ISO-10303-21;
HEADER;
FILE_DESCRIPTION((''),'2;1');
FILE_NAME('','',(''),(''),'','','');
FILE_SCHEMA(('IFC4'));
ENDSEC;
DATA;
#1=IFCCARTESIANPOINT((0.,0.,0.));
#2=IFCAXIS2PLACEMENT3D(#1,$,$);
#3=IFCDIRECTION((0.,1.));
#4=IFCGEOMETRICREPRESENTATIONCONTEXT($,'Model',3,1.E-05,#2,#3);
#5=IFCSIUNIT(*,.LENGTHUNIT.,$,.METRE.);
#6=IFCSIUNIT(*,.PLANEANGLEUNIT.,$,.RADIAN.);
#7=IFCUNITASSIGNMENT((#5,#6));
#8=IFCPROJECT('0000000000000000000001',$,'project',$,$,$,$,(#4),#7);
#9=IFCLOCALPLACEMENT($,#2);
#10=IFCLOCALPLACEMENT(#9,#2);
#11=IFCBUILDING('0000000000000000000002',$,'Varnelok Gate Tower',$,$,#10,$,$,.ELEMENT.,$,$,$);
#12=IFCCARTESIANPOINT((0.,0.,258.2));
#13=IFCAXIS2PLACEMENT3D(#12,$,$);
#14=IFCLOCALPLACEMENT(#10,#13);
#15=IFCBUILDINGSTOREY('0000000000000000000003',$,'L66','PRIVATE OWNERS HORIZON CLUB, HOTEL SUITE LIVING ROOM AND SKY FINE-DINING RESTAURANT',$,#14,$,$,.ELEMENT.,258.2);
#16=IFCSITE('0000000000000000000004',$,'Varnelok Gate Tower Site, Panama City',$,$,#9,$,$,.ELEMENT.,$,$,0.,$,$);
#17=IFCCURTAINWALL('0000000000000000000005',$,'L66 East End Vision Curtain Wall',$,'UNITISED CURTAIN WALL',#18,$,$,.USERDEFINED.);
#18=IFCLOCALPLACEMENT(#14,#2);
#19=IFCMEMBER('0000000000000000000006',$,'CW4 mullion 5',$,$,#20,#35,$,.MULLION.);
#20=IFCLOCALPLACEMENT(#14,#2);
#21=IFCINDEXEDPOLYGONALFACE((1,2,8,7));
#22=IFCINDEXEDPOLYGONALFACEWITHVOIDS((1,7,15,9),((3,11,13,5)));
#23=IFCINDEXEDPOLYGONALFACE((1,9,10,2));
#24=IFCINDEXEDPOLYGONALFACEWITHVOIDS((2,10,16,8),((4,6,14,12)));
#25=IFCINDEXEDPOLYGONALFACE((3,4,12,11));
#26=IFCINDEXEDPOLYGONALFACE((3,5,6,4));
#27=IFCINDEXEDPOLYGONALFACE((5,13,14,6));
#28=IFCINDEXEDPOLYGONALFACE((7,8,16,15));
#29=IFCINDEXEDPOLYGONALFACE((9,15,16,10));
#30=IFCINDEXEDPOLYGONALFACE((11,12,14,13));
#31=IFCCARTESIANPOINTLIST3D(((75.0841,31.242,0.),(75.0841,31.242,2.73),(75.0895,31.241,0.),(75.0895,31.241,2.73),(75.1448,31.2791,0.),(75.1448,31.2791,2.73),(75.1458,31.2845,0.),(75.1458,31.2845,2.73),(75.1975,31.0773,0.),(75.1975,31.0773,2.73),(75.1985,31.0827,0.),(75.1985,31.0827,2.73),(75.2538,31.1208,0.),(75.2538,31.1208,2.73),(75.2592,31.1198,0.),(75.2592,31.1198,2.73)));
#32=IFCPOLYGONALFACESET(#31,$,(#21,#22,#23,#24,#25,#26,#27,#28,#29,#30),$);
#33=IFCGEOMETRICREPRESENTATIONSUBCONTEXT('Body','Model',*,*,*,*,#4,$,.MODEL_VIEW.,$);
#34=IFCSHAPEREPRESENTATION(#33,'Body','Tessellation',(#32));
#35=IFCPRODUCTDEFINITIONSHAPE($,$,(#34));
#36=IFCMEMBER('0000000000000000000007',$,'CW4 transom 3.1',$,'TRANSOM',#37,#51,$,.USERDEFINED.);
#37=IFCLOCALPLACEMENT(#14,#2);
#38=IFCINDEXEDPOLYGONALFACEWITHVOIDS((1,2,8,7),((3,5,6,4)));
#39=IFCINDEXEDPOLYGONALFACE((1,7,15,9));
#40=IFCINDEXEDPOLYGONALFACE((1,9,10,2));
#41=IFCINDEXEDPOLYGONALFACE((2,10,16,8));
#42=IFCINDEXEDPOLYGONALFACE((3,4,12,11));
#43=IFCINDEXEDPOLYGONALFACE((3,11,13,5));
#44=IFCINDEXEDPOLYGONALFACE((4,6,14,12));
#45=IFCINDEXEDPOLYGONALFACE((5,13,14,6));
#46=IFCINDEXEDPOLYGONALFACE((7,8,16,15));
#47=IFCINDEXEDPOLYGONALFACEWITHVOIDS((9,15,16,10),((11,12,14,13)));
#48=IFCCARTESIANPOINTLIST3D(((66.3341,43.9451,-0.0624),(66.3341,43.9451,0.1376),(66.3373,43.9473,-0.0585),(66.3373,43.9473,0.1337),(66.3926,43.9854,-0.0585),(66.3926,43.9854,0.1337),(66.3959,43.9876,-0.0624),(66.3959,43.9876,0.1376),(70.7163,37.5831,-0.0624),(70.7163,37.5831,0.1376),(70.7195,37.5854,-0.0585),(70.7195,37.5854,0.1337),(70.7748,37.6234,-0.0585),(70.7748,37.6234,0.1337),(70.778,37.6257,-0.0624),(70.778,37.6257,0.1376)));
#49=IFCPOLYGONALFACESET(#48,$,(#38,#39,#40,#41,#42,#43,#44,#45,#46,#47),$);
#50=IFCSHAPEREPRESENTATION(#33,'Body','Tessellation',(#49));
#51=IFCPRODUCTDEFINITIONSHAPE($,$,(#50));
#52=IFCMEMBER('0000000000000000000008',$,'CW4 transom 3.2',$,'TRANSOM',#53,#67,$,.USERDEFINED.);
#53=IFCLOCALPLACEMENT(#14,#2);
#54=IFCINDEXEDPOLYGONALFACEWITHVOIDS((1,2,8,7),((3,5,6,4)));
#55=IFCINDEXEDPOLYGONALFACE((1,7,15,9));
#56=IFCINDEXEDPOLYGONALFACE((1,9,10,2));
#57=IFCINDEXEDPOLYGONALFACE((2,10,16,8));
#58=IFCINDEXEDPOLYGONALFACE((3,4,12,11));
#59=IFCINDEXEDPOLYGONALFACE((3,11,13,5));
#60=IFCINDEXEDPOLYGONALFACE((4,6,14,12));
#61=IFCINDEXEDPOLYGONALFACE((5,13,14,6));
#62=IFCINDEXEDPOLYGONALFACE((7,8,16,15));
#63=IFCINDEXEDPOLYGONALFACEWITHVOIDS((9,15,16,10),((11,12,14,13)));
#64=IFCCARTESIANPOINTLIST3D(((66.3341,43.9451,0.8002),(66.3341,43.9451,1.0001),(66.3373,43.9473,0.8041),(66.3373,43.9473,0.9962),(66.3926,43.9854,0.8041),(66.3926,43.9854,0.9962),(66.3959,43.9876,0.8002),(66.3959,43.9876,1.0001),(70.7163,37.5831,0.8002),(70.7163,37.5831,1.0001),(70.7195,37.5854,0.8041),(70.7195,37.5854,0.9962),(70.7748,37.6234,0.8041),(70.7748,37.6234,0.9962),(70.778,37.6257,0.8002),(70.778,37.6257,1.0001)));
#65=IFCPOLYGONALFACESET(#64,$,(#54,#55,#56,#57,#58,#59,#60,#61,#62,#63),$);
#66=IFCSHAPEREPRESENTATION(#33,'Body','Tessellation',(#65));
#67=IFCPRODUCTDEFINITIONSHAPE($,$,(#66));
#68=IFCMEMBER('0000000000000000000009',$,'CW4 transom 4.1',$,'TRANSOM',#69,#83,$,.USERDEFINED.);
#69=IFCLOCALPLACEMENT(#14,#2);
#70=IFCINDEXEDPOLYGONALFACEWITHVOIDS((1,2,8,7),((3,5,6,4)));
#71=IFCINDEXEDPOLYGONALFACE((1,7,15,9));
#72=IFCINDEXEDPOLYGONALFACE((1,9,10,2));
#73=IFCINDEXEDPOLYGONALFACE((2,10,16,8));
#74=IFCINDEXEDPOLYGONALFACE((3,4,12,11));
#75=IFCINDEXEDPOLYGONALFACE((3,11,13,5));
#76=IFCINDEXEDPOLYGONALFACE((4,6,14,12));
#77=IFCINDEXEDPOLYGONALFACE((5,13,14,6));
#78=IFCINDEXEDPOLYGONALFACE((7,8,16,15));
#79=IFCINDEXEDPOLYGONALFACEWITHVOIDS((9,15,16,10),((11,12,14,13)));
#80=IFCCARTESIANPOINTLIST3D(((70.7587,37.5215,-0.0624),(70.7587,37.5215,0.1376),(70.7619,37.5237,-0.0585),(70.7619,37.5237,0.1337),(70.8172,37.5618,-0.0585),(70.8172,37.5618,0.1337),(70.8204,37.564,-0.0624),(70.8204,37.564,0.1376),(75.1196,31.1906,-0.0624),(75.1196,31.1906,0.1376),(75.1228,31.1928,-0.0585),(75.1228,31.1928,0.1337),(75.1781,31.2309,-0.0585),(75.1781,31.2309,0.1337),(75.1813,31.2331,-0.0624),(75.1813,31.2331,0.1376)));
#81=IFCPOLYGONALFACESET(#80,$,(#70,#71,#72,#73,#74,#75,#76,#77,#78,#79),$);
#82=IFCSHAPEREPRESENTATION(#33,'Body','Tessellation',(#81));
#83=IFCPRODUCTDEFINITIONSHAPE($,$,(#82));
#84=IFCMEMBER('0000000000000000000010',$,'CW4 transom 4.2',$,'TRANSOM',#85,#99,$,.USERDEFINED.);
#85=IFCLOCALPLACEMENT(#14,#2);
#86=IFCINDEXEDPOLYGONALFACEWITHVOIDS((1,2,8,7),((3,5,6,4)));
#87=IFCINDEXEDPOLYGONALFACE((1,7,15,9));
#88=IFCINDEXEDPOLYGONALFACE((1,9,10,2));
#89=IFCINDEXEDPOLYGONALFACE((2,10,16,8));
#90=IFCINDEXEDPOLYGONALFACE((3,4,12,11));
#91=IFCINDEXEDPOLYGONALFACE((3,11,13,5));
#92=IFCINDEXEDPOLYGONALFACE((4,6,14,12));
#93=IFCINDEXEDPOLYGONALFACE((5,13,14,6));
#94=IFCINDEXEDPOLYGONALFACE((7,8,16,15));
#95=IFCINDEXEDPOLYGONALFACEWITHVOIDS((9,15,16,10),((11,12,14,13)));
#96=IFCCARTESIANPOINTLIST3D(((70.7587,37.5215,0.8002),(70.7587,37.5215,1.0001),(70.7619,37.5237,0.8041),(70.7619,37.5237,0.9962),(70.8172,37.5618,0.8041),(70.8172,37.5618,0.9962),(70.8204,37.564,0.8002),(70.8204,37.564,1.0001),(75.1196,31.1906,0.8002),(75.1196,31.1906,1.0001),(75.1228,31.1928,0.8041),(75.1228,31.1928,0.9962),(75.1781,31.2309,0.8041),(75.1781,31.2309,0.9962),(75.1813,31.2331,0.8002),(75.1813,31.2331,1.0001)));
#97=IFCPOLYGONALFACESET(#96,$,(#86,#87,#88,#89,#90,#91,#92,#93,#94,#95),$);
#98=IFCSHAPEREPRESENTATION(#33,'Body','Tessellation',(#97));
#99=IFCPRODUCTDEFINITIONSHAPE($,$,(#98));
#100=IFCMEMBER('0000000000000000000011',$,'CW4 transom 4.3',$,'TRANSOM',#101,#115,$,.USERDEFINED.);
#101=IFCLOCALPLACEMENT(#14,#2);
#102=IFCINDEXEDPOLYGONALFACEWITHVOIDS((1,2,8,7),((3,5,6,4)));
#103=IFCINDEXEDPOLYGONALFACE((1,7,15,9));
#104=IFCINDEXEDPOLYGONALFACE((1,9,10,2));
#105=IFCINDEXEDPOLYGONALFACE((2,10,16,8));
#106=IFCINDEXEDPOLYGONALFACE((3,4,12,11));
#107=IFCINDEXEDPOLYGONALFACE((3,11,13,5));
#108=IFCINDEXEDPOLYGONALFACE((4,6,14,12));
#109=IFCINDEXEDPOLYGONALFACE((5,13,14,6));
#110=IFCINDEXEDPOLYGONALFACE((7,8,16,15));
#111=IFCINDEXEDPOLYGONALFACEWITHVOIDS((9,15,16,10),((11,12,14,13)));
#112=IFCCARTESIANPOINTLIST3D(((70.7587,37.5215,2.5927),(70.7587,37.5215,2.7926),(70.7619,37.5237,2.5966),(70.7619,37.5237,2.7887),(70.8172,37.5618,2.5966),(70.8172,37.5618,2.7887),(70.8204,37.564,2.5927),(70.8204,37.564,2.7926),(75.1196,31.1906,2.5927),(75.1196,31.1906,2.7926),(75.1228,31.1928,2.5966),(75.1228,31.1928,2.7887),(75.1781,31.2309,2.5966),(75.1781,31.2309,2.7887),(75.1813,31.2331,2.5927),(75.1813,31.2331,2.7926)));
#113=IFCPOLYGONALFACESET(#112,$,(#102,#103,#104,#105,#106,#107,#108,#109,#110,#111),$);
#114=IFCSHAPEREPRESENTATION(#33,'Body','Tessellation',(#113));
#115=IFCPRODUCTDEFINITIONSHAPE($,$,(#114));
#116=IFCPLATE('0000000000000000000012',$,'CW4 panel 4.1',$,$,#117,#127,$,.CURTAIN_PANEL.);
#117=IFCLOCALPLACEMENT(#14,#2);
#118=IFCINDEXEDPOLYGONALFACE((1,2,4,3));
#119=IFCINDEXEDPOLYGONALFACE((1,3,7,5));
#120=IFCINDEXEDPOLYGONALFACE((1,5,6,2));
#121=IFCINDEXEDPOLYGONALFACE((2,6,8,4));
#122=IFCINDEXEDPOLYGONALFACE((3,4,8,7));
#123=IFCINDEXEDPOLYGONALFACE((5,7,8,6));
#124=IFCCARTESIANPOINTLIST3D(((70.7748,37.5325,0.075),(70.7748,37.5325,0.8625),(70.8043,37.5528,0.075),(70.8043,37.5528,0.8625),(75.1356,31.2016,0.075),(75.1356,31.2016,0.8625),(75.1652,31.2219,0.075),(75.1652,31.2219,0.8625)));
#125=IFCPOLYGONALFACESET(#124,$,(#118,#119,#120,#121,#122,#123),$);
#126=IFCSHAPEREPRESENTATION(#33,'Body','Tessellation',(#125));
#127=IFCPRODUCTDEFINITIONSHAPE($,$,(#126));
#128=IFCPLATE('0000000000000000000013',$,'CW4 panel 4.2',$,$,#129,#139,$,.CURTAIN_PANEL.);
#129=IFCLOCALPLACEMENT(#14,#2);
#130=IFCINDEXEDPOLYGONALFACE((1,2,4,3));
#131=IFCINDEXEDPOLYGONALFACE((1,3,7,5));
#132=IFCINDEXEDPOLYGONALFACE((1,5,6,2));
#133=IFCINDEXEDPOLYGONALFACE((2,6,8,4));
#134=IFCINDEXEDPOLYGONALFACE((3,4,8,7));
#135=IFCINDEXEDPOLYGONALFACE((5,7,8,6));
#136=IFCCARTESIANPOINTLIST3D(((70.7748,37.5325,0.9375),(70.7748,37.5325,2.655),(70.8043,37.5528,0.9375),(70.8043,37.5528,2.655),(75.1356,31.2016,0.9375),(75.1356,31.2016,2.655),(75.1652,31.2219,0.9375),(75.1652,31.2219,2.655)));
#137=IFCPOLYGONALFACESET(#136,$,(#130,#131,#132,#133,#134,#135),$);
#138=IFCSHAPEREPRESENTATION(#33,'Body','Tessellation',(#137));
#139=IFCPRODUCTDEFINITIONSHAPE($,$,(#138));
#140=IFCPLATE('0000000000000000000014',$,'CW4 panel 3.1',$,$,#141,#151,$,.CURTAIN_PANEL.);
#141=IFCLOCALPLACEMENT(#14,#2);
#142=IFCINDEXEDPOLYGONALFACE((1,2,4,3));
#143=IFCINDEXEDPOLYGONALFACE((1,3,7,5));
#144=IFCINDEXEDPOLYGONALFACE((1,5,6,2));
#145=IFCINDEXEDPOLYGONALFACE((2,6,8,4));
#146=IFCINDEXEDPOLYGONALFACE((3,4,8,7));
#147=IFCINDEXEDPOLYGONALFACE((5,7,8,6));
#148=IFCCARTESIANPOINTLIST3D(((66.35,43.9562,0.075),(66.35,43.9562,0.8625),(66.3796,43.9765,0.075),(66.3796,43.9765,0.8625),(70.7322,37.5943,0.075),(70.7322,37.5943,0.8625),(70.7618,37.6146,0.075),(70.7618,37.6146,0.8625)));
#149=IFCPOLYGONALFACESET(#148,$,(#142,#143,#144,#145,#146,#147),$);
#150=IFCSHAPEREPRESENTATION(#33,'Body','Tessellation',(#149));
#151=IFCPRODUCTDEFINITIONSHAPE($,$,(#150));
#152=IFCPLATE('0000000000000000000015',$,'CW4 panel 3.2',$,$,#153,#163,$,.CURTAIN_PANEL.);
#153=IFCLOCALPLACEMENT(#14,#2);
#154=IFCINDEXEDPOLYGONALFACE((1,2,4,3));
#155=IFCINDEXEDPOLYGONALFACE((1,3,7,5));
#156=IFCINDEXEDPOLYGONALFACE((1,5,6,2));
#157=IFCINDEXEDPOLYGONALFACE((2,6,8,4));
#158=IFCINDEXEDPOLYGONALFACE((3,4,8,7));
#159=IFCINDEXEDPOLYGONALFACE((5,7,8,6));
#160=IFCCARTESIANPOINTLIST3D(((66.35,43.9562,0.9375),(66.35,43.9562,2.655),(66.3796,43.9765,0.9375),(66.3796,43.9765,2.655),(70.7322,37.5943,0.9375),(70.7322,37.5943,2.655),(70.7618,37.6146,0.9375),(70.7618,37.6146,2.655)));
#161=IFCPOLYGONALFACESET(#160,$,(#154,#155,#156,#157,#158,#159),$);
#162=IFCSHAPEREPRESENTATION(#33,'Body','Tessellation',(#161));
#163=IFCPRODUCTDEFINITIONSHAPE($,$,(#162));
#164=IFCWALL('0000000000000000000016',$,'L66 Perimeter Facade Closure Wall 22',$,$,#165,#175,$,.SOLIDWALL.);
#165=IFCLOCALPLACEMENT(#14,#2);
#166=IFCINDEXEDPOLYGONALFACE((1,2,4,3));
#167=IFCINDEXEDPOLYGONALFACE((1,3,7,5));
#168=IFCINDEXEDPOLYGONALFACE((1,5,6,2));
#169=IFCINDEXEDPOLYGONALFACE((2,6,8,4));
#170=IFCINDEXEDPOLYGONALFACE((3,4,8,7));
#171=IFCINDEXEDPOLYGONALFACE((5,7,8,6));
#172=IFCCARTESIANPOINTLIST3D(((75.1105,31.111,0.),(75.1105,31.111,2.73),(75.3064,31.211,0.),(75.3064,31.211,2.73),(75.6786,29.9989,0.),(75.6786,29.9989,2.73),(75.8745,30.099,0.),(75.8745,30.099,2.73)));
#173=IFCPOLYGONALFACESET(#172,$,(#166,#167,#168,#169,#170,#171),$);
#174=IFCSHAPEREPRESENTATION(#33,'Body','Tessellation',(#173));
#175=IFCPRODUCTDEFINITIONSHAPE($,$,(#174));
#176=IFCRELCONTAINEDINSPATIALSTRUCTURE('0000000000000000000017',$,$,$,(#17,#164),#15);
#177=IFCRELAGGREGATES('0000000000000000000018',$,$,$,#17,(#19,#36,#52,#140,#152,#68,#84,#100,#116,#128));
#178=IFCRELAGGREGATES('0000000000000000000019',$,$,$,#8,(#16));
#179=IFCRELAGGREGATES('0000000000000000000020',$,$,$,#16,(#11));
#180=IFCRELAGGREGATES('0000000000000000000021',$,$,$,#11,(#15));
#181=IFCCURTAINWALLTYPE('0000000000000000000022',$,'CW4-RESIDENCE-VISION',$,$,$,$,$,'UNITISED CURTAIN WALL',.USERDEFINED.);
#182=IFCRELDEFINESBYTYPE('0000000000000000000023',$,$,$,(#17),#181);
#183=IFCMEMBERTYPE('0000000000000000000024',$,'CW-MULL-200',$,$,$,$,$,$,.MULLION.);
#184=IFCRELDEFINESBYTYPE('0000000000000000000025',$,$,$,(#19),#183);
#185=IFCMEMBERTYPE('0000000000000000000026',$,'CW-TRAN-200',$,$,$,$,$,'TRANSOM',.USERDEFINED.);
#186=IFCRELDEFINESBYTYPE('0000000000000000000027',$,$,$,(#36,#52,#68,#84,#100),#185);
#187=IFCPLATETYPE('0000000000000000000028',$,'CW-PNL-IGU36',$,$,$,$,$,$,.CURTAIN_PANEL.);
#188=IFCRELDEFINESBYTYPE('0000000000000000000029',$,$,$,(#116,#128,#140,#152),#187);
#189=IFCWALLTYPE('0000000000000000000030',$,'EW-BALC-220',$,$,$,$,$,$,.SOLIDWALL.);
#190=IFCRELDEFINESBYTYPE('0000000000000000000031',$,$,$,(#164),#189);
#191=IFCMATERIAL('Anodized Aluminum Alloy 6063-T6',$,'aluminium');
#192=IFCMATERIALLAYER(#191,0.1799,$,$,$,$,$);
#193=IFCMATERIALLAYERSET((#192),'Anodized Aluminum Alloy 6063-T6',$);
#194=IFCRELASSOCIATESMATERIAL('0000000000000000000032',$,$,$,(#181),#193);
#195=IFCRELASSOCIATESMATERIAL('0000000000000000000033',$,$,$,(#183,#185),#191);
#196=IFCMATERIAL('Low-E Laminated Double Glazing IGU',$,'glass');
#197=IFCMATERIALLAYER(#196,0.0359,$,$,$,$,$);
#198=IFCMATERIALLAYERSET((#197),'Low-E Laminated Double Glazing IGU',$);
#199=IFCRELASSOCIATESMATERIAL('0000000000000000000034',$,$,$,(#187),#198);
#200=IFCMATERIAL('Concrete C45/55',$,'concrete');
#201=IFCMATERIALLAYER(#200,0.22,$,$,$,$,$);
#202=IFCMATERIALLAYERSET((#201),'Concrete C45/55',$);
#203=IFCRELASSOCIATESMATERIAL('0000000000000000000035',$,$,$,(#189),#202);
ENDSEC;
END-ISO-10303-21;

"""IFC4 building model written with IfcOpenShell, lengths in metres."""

from ifc_helpers import new_model, si_unit, direction, frame, frame_2d, origin, origin_2d, place, context, subcontext, project, spatial, rectangle, hollow_rectangle, extrude, source, transform, mapped, material, layer, layer_set, material_profile, profile_set, type_object, element, aggregate, save


model = new_model("IFC4")

# Units and contexts
model_context = context("Model", 3, precision=1e-05, world=origin(), true_north=direction((0.0, 1.0)))
body_context = subcontext(model_context, "Body", "Model", "MODEL_VIEW")
ifc_project = project(units=[si_unit("LENGTHUNIT", "METRE"), si_unit("PLANEANGLEUNIT", "RADIAN")], contexts=[model_context])

# Site, building, storey
site_placement = place(None, origin())
site = spatial("IfcSite", under=ifc_project, at=site_placement, Name="Varnelok Gate Tower Site, Panama City", CompositionType="ELEMENT", RefElevation=0.0)
building_placement = place(site_placement, origin())
building = spatial("IfcBuilding", under=site, at=building_placement, Name="Varnelok Gate Tower", CompositionType="ELEMENT")
storey_placement = place(building_placement, frame((0.0, 0.0, 258.2)))
storey = spatial("IfcBuildingStorey", under=building, at=storey_placement, Name="L66", Description="PRIVATE OWNERS HORIZON CLUB, HOTEL SUITE LIVING ROOM AND SKY FINE-DINING RESTAURANT", CompositionType="ELEMENT", Elevation=258.2)

# Shared definitions
ifc_material_1 = material(Name="Anodized Aluminum Alloy 6063-T6", Category="aluminium")

# Curtain wall, members, plates
ifc_layer_1 = layer(ifc_material_1, 0.1799)
ifc_layer_set_1 = layer_set([ifc_layer_1], Name="Anodized Aluminum Alloy 6063-T6")
curtain_wall_type_1 = type_object("IfcCurtainWallType", Name="CW4-RESIDENCE-VISION", ElementType="UNITISED CURTAIN WALL", PredefinedType="USERDEFINED", material=ifc_layer_set_1)
curtain_wall_1_placement = place(storey_placement, origin())
curtain_wall_1 = element("IfcCurtainWall", 1, at=curtain_wall_1_placement, inside=storey, type_object=curtain_wall_type_1, Name="L66 East End Vision Curtain Wall", ObjectType="UNITISED CURTAIN WALL", PredefinedType="USERDEFINED")
ifc_material_profile_1 = material_profile(ifc_material_1, hollow_rectangle(XDim=0.075, YDim=0.2, WallThickness=0.0039, at=origin_2d()), Name="ALU200X75X4")
ifc_profile_set_1 = profile_set([ifc_material_profile_1], Name="Anodized Aluminum Alloy 6063-T6")
member_type_1 = type_object("IfcMemberType", Name="CW-MULL-200", PredefinedType="MULLION", material=ifc_profile_set_1)
member_1_placement = place(storey_placement, frame((75.1716, 31.1809, 0.0), z_axis=(0.0, 0.0, 1.0), x_axis=(0.823532, 0.567269, 0.0)))
member_1 = element("IfcMember", 2, at=member_1_placement, type_object=member_type_1, Name="CW4 mullion 5", PredefinedType="MULLION", context=body_context, shape_type="SweptSolid", body=[
    extrude(hollow_rectangle(XDim=0.075, YDim=0.2, WallThickness=0.0039, at=origin_2d()), origin(), (0.0, 0.0, 1.0), 2.73),
])
ifc_material_profile_2 = material_profile(ifc_material_1, hollow_rectangle(XDim=0.075, YDim=0.2, WallThickness=0.0039, at=origin_2d()), Name="ALU200X75X4")
ifc_profile_set_2 = profile_set([ifc_material_profile_2], Name="Anodized Aluminum Alloy 6063-T6")
member_type_2 = type_object("IfcMemberType", Name="CW-TRAN-200", ElementType="TRANSOM", PredefinedType="USERDEFINED", material=ifc_profile_set_2)
member_2_placement = place(storey_placement, frame((66.365, 43.9663, 0.0376), z_axis=(0.567261, -0.823538, 0.0), x_axis=(0.823538, 0.567261, 0.0)))
member_2 = element("IfcMember", 3, at=member_2_placement, type_object=member_type_2, Name="CW4 transom 3.1", ObjectType="TRANSOM", PredefinedType="USERDEFINED", context=body_context, shape_type="SweptSolid", body=[
    extrude(hollow_rectangle(XDim=0.075, YDim=0.2, WallThickness=0.0039, at=origin_2d()), origin(), (0.0, 0.0, 1.0), 7.7251),
])
member_3_placement = place(storey_placement, frame((66.365, 43.9663, 0.9001), z_axis=(0.567261, -0.823538, 0.0), x_axis=(0.823538, 0.567261, 0.0)))
member_3 = element("IfcMember", 4, at=member_3_placement, type_object=member_type_2, Name="CW4 transom 3.2", ObjectType="TRANSOM", PredefinedType="USERDEFINED", context=body_context, shape_type="SweptSolid", body=[
    extrude(hollow_rectangle(XDim=0.075, YDim=0.2, WallThickness=0.0039, at=origin_2d()), origin(), (0.0, 0.0, 1.0), 7.7251),
])
member_4_placement = place(storey_placement, frame((70.7896, 37.5427, 0.0376), z_axis=(0.567271, -0.823531, 0.0), x_axis=(0.823531, 0.567271, 0.0)))
member_4 = element("IfcMember", 5, at=member_4_placement, type_object=member_type_2, Name="CW4 transom 4.1", ObjectType="TRANSOM", PredefinedType="USERDEFINED", context=body_context, shape_type="SweptSolid", body=[
    extrude(hollow_rectangle(XDim=0.075, YDim=0.2, WallThickness=0.0039, at=origin_2d()), origin(), (0.0, 0.0, 1.0), 7.6875),
])
member_5_placement = place(storey_placement, frame((70.7896, 37.5427, 0.9001), z_axis=(0.567271, -0.823531, 0.0), x_axis=(0.823531, 0.567271, 0.0)))
member_5 = element("IfcMember", 6, at=member_5_placement, type_object=member_type_2, Name="CW4 transom 4.2", ObjectType="TRANSOM", PredefinedType="USERDEFINED", context=body_context, shape_type="SweptSolid", body=[
    extrude(hollow_rectangle(XDim=0.075, YDim=0.2, WallThickness=0.0039, at=origin_2d()), origin(), (0.0, 0.0, 1.0), 7.6875),
])
member_6_placement = place(storey_placement, frame((70.7896, 37.5427, 2.6926), z_axis=(0.567271, -0.823531, 0.0), x_axis=(0.823531, 0.567271, 0.0)))
member_6 = element("IfcMember", 7, at=member_6_placement, type_object=member_type_2, Name="CW4 transom 4.3", ObjectType="TRANSOM", PredefinedType="USERDEFINED", context=body_context, shape_type="SweptSolid", body=[
    extrude(hollow_rectangle(XDim=0.075, YDim=0.2, WallThickness=0.0039, at=origin_2d()), origin(), (0.0, 0.0, 1.0), 7.6875),
])
ifc_material_2 = material(Name="Low-E Laminated Double Glazing IGU", Category="glass")
ifc_layer_2 = layer(ifc_material_2, 0.0359)
ifc_layer_set_2 = layer_set([ifc_layer_2], Name="Low-E Laminated Double Glazing IGU")
plate_type = type_object("IfcPlateType", Name="CW-PNL-IGU36", PredefinedType="CURTAIN_PANEL", material=ifc_layer_set_2)
shared_shape_1 = source(origin(), body_context, "Body", "SweptSolid", [
    extrude(rectangle(XDim=7.6875, YDim=0.0359, at=origin_2d()), origin(), (0.0, 0.0, 1.0), 0.7876),
])
plate_1_placement = place(storey_placement, frame((72.97, 34.3772, 0.075), z_axis=(0.0, 0.0, 1.0), x_axis=(0.567269, -0.823532, 0.0)))
plate_1 = element("IfcPlate", 8, at=plate_1_placement, type_object=plate_type, Name="CW4 panel 4.1", PredefinedType="CURTAIN_PANEL", context=body_context, shape_type="MappedRepresentation", body=[
    mapped(shared_shape_1, transform((0.0, 0.0, 0.0), scale=1.0)),
])
shared_shape_2 = source(origin(), body_context, "Body", "SweptSolid", [
    extrude(rectangle(XDim=7.6875, YDim=0.0359, at=origin_2d()), origin(), (0.0, 0.0, 1.0), 1.7175),
])
plate_2_placement = place(storey_placement, frame((72.97, 34.3772, 0.9375), z_axis=(0.0, 0.0, 1.0), x_axis=(0.567269, -0.823532, 0.0)))
plate_2 = element("IfcPlate", 9, at=plate_2_placement, type_object=plate_type, Name="CW4 panel 4.2", PredefinedType="CURTAIN_PANEL", context=body_context, shape_type="MappedRepresentation", body=[
    mapped(shared_shape_2, transform((0.0, 0.0, 0.0), scale=1.0)),
])
shared_shape_3 = source(origin(), body_context, "Body", "SweptSolid", [
    extrude(rectangle(XDim=7.7251, YDim=0.0359, at=origin_2d()), origin(), (0.0, 0.0, 1.0), 0.7876),
])
plate_3_placement = place(storey_placement, frame((68.5559, 40.7854, 0.075), z_axis=(0.0, 0.0, 1.0), x_axis=(0.567269, -0.823532, 0.0)))
plate_3 = element("IfcPlate", 10, at=plate_3_placement, type_object=plate_type, Name="CW4 panel 3.1", PredefinedType="CURTAIN_PANEL", context=body_context, shape_type="MappedRepresentation", body=[
    mapped(shared_shape_3, transform((0.0, 0.0, 0.0), scale=1.0)),
])
shared_shape_4 = source(origin(), body_context, "Body", "SweptSolid", [
    extrude(rectangle(XDim=7.7251, YDim=0.0359, at=origin_2d()), origin(), (0.0, 0.0, 1.0), 1.7175),
])
plate_4_placement = place(storey_placement, frame((68.5559, 40.7854, 0.9375), z_axis=(0.0, 0.0, 1.0), x_axis=(0.567269, -0.823532, 0.0)))
plate_4 = element("IfcPlate", 11, at=plate_4_placement, type_object=plate_type, Name="CW4 panel 3.2", PredefinedType="CURTAIN_PANEL", context=body_context, shape_type="MappedRepresentation", body=[
    mapped(shared_shape_4, transform((0.0, 0.0, 0.0), scale=1.0)),
])
aggregate(curtain_wall_1, [member_1, member_2, member_3, plate_3, plate_4, member_4, member_5, member_6, plate_1, plate_2])

# Wall
ifc_material_3 = material(Name="Concrete C45/55", Category="concrete")
ifc_layer_3 = layer(ifc_material_3, 0.22)
ifc_layer_set_3 = layer_set([ifc_layer_3], Name="Concrete C45/55")
wall_type_1 = type_object("IfcWallType", Name="EW-BALC-220", PredefinedType="SOLIDWALL", material=ifc_layer_set_3)
wall_1_placement = place(storey_placement, frame((75.7766, 30.0488, 0.0), z_axis=(0.0, 0.0, 1.0), x_axis=(-0.454939, 0.890523, 0.0)))
element("IfcWall", 12, at=wall_1_placement, inside=storey, type_object=wall_type_1, Name="L66 Perimeter Facade Closure Wall 22", PredefinedType="SOLIDWALL", context=body_context, shape_type="SweptSolid", body=[
    extrude(rectangle(XDim=1.2488, YDim=0.22, at=frame_2d((0.6245, 0.0))), origin(), (0.0, 0.0, 1.0), 2.73),
])

save(model, "model.ifc")
